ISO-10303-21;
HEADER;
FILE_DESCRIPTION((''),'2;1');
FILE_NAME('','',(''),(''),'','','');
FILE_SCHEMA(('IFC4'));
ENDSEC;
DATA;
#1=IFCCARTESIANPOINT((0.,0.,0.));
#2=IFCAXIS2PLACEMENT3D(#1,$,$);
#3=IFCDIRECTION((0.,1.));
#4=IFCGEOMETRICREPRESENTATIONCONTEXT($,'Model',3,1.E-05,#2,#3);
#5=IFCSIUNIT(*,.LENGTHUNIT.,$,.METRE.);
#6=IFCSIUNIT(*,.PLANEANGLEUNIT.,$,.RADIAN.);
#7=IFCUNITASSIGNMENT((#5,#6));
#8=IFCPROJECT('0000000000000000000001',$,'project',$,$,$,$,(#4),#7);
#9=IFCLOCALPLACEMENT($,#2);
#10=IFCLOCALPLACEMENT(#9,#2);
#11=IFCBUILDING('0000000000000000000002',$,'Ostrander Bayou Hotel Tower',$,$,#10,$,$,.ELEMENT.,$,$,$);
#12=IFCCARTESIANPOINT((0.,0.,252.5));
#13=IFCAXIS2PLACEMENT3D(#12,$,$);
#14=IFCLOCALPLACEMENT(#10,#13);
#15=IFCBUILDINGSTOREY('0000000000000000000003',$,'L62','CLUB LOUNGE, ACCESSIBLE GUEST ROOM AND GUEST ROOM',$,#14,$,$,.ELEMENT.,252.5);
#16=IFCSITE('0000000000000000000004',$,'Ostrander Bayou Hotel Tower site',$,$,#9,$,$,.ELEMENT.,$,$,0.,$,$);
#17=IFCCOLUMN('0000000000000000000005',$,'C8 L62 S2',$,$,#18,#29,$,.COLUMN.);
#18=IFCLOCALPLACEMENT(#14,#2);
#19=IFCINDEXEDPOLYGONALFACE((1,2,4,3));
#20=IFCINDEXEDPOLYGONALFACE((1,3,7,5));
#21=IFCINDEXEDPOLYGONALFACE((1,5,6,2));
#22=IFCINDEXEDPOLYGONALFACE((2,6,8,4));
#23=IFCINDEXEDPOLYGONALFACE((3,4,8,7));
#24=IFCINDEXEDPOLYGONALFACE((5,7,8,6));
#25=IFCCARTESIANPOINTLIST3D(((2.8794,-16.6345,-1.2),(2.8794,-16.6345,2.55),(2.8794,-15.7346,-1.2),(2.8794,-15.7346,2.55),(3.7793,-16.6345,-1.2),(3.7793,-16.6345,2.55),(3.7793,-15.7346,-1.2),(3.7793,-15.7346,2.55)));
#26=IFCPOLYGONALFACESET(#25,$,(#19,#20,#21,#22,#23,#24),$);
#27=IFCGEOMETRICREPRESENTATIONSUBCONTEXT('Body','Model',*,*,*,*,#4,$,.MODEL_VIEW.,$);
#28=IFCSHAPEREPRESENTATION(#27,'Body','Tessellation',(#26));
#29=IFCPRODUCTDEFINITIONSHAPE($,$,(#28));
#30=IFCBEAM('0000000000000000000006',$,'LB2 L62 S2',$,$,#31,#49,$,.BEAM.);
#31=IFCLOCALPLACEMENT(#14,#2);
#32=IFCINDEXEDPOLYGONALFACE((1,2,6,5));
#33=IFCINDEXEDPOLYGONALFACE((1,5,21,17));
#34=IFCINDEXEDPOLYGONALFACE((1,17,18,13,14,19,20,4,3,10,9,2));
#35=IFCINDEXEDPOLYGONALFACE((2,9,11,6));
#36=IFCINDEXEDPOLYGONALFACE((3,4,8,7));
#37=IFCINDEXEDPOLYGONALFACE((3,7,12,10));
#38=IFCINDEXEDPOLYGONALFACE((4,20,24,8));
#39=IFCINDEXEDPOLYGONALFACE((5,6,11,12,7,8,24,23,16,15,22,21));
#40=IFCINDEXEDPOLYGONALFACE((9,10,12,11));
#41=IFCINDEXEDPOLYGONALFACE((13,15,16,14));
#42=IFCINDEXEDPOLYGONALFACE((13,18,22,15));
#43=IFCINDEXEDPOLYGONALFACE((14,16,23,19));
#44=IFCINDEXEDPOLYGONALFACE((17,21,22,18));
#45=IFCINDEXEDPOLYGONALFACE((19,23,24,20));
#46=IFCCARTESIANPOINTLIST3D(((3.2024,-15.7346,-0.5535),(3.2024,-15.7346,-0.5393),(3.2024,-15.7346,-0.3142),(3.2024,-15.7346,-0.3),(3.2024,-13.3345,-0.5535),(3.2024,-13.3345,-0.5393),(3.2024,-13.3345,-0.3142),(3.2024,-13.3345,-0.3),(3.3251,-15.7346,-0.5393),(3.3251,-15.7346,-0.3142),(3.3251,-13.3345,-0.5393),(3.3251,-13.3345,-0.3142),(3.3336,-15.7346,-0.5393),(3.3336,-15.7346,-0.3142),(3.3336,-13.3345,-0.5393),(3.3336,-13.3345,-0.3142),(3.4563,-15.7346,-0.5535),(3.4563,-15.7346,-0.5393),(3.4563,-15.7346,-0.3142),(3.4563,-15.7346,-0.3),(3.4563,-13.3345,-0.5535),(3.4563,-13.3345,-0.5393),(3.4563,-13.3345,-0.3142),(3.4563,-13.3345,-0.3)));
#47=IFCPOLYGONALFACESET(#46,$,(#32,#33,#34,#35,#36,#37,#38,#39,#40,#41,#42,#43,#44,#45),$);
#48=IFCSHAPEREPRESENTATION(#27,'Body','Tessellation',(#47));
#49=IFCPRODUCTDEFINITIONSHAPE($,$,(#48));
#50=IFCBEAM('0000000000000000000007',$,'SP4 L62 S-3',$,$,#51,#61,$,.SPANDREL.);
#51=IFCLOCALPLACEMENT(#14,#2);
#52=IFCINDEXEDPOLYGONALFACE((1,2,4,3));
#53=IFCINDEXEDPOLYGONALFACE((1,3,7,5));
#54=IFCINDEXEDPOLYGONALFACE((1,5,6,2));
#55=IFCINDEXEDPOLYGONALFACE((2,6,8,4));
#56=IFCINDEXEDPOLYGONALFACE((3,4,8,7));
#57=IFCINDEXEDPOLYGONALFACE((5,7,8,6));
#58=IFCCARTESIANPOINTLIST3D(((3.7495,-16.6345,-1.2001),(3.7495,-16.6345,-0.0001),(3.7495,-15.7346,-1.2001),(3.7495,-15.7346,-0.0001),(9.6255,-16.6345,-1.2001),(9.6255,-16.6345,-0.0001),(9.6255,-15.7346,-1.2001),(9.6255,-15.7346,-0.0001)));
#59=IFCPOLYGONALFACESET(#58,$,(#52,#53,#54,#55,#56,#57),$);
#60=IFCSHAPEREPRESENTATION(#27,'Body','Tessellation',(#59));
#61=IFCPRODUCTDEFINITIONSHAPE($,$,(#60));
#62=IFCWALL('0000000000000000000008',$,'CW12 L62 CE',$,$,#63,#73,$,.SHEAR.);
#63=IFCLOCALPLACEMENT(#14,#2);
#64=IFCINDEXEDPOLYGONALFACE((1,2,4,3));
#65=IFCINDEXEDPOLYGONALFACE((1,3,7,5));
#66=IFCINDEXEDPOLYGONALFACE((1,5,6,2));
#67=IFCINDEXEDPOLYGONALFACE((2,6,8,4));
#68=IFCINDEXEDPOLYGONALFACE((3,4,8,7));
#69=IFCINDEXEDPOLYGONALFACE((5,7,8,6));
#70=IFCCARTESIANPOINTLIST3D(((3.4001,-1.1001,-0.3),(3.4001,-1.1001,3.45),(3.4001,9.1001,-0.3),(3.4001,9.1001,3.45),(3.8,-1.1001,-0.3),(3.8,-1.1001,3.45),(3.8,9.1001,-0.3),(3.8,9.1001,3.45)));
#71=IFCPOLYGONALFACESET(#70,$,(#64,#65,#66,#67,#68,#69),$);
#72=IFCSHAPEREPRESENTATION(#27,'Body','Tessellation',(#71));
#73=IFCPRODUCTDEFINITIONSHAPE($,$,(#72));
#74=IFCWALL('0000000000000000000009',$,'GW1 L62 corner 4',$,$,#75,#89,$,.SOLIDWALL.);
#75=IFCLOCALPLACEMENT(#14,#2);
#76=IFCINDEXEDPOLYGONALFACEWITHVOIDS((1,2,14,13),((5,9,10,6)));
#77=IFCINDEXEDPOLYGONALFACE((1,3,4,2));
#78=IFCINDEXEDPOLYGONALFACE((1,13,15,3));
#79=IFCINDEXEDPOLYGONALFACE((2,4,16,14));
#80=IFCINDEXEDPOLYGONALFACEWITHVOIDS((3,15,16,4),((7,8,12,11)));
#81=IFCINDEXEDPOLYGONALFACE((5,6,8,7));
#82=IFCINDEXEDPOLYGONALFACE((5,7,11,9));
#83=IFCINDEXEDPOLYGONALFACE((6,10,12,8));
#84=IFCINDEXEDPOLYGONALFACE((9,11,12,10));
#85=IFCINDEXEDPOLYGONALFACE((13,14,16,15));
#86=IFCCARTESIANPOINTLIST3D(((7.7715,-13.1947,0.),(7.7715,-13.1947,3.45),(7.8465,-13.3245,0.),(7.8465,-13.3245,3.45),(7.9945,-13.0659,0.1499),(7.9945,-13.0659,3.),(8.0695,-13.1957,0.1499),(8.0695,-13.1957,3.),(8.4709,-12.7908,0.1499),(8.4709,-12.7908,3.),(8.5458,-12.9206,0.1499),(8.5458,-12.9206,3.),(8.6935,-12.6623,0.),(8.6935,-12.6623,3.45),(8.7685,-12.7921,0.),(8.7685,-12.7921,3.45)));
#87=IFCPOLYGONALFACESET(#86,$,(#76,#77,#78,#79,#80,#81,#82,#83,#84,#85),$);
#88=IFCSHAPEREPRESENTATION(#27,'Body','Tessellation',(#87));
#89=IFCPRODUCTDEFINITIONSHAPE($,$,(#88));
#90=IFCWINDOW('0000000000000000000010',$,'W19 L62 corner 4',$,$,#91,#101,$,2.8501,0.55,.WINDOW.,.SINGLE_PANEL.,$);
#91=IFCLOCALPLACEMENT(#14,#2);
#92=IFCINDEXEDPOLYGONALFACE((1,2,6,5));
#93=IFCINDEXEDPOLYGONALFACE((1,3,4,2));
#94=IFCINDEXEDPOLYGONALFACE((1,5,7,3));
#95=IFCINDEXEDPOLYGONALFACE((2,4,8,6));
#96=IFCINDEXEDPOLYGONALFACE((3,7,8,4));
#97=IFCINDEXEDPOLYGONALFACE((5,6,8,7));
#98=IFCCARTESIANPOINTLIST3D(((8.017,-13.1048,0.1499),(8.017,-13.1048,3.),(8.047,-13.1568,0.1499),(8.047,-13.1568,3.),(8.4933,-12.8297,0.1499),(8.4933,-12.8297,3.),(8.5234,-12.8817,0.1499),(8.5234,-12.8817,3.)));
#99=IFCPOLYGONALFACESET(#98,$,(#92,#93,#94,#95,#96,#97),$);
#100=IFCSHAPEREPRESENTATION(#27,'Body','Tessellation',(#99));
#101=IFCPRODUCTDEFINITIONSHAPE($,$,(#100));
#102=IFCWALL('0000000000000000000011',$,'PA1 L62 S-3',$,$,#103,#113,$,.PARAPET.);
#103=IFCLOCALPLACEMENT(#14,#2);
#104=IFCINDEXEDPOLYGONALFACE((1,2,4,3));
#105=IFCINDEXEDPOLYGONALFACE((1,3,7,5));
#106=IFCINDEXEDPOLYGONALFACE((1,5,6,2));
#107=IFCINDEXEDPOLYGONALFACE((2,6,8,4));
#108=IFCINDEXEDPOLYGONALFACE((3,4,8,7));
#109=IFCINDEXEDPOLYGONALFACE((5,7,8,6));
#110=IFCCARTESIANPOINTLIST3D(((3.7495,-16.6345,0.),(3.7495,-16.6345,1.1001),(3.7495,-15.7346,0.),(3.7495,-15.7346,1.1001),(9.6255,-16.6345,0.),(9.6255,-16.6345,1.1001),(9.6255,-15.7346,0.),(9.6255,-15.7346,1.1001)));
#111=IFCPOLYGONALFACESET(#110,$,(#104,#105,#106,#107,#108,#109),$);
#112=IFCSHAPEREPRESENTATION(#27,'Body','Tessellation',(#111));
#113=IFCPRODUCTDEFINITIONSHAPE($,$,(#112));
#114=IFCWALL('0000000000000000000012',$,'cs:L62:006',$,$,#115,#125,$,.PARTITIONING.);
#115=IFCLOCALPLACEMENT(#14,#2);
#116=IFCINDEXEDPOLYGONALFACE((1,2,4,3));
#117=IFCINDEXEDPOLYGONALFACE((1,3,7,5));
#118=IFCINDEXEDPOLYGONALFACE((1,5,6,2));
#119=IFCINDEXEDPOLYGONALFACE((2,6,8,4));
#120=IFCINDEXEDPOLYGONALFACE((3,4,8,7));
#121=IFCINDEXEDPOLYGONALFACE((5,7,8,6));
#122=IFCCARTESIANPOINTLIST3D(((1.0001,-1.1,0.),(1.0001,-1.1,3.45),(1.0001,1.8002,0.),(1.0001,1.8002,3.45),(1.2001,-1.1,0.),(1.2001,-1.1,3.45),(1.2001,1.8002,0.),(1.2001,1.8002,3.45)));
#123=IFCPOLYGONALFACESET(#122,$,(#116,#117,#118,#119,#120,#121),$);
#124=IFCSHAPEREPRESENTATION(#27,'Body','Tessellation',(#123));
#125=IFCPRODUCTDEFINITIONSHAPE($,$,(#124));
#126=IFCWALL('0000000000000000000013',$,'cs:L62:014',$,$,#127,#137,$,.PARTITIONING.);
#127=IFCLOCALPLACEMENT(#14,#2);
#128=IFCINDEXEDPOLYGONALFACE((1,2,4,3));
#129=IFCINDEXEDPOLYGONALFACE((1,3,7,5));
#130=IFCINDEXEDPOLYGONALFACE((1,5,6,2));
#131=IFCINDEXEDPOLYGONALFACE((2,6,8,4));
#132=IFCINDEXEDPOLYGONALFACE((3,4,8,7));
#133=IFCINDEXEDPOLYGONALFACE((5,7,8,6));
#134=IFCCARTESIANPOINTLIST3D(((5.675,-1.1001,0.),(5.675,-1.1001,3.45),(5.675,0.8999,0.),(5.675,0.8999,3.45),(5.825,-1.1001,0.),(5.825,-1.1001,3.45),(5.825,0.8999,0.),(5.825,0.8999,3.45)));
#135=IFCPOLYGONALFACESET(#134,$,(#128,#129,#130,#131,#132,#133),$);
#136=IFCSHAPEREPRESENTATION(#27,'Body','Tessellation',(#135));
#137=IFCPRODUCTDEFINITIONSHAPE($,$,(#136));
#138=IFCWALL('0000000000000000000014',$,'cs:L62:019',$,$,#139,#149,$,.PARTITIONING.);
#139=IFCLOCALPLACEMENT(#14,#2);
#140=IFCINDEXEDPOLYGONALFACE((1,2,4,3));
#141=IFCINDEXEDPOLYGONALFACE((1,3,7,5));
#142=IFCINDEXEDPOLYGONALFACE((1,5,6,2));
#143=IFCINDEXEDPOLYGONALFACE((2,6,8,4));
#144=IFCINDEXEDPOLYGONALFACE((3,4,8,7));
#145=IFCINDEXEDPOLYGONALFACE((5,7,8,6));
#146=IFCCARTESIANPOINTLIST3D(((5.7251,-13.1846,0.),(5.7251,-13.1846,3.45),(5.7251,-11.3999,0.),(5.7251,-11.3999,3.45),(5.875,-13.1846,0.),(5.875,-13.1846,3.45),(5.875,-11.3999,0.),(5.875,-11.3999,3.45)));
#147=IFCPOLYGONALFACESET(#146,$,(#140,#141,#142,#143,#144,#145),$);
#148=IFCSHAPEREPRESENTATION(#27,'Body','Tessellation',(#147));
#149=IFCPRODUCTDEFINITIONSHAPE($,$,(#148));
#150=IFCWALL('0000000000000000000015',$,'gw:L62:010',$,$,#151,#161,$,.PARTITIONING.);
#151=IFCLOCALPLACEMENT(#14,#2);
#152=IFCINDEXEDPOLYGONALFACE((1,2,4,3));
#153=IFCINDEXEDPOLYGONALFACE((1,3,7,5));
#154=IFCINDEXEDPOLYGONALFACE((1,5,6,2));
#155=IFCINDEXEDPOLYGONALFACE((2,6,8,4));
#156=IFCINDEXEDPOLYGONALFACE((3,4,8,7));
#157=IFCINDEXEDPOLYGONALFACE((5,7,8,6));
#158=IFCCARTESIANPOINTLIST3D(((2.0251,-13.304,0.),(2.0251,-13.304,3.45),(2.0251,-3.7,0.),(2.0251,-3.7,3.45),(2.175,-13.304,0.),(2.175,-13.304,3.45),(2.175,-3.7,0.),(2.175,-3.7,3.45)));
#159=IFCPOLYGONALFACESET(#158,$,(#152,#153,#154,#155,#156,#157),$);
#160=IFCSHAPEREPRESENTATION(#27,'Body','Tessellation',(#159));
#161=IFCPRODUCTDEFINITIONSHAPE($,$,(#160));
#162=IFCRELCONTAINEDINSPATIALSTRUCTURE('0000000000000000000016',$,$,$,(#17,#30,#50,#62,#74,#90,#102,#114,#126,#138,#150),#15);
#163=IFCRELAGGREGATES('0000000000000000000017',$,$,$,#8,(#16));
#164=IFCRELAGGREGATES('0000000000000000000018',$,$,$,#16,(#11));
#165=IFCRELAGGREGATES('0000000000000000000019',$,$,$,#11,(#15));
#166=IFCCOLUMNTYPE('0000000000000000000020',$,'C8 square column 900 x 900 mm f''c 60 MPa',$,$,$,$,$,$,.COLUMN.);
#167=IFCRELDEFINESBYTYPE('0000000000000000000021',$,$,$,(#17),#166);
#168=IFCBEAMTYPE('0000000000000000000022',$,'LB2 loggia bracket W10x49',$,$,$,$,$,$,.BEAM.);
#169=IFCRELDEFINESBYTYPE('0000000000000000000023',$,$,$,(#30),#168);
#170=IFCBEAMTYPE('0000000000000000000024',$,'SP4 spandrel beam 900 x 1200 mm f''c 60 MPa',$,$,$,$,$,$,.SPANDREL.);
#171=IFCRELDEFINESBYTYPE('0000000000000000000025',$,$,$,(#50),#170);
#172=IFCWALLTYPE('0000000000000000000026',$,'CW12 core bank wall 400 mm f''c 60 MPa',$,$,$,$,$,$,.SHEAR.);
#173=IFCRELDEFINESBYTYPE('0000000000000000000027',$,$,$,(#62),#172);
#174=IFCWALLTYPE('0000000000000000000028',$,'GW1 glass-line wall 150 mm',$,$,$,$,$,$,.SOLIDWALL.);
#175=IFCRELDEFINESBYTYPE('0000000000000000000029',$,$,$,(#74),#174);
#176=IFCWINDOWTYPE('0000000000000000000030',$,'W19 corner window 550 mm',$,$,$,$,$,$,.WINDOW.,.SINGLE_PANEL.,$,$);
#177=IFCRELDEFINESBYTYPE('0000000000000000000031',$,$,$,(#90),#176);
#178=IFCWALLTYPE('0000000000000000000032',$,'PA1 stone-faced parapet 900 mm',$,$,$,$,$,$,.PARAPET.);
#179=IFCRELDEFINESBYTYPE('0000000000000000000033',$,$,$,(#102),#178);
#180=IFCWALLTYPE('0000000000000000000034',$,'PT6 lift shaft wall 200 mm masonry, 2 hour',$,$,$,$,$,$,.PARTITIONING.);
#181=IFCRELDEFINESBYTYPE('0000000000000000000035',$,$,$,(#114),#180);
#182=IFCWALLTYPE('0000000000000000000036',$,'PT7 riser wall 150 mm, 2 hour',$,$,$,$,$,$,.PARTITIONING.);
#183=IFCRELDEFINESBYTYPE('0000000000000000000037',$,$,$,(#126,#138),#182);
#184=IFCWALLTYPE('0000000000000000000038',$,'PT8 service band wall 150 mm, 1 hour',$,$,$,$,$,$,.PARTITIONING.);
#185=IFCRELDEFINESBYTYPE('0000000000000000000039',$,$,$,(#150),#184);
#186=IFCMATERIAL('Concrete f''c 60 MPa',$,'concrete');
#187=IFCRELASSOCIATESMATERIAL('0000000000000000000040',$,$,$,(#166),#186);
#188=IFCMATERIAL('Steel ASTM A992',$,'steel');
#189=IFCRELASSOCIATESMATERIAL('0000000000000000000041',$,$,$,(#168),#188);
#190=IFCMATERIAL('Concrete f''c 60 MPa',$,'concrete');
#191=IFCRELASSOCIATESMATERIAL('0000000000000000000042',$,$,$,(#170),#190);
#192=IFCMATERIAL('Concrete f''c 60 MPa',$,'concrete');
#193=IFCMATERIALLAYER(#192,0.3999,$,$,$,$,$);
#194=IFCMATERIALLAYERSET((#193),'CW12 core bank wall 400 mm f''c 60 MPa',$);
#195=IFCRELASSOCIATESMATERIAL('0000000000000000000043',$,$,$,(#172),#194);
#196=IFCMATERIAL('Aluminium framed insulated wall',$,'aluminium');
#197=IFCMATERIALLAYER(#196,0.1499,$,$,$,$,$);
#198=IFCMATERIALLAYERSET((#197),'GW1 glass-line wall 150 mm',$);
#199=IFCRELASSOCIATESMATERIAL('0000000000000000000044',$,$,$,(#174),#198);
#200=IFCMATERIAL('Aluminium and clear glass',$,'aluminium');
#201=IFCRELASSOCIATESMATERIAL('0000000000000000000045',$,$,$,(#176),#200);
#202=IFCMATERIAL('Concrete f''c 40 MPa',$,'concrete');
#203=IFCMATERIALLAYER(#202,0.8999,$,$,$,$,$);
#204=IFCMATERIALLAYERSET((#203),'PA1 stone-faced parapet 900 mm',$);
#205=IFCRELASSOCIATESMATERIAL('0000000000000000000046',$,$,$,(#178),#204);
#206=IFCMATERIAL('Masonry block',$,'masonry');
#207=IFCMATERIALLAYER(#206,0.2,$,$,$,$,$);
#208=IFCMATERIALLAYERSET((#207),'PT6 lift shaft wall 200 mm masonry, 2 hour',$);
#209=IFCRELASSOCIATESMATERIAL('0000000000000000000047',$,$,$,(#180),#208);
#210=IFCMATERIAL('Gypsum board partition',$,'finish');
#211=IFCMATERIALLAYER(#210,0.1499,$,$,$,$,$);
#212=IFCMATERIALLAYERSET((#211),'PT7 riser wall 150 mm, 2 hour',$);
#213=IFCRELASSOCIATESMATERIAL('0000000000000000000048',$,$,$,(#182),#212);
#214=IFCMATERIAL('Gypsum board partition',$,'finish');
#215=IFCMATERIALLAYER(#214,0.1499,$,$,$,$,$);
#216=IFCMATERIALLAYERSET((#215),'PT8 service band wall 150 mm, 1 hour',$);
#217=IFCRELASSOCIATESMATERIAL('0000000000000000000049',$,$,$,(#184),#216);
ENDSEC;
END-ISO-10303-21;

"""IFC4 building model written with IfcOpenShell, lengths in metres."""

from ifc_helpers import new_model, si_unit, direction, frame, frame_2d, origin, origin_2d, place, context, subcontext, project, spatial, rectangle, i_section, extrude, material, layer, layer_set, material_profile, profile_set, type_object, element, fill, save


model = new_model("IFC4")

# Units and contexts
model_context = context("Model", 3, precision=1e-05, world=origin(), true_north=direction((0.0, 1.0)))
body_context = subcontext(model_context, "Body", "Model", "MODEL_VIEW")
ifc_project = project(units=[si_unit("LENGTHUNIT", "METRE"), si_unit("PLANEANGLEUNIT", "RADIAN")], contexts=[model_context])

# Site, building, storey
site_placement = place(None, origin())
site = spatial("IfcSite", under=ifc_project, at=site_placement, Name="Ostrander Bayou Hotel Tower site", CompositionType="ELEMENT", RefElevation=0.0)
building_placement = place(site_placement, origin())
building = spatial("IfcBuilding", under=site, at=building_placement, Name="Ostrander Bayou Hotel Tower", CompositionType="ELEMENT")
storey_placement = place(building_placement, frame((0.0, 0.0, 252.5)))
storey = spatial("IfcBuildingStorey", under=building, at=storey_placement, Name="L62", Description="CLUB LOUNGE, ACCESSIBLE GUEST ROOM AND GUEST ROOM", CompositionType="ELEMENT", Elevation=252.5)

# Column
ifc_material_1 = material(Name="Concrete f'c 60 MPa", Category="concrete")
ifc_material_profile_1 = material_profile(ifc_material_1, rectangle(XDim=0.8999, YDim=0.8999, at=origin_2d()))
ifc_profile_set_1 = profile_set([ifc_material_profile_1], Name="Concrete f'c 60 MPa")
column_type = type_object("IfcColumnType", Name="C8 square column 900 x 900 mm f'c 60 MPa", PredefinedType="COLUMN", material=ifc_profile_set_1)
column_placement = place(storey_placement, frame((3.3293, -16.1846, -1.2), z_axis=(0.0, 0.0, 1.0), x_axis=(-1.0, 0.0, 0.0)))
element("IfcColumn", 1, at=column_placement, inside=storey, type_object=column_type, Name="C8 L62 S2", PredefinedType="COLUMN", context=body_context, shape_type="SweptSolid", body=[
    extrude(rectangle(XDim=0.8999, YDim=0.8999, at=origin_2d()), origin(), (0.0, 0.0, 1.0), 3.75),
])

# Beams
ifc_material_2 = material(Name="Steel ASTM A992", Category="steel")
ifc_material_profile_2 = material_profile(ifc_material_2, i_section(OverallWidth=0.2539, OverallDepth=0.2534, WebThickness=0.0085, FlangeThickness=0.0142, at=origin_2d()))
ifc_profile_set_2 = profile_set([ifc_material_profile_2], Name="Steel ASTM A992")
beam_type_1 = type_object("IfcBeamType", Name="LB2 loggia bracket W10x49", PredefinedType="BEAM", material=ifc_profile_set_2)
beam_1_placement = place(storey_placement, frame((3.3293, -15.7346, -0.4268), z_axis=(0.0, 1.0, 0.0), x_axis=(-1.0, 0.0, 0.0)))
element("IfcBeam", 2, at=beam_1_placement, inside=storey, type_object=beam_type_1, Name="LB2 L62 S2", PredefinedType="BEAM", context=body_context, shape_type="SweptSolid", body=[
    extrude(i_section(OverallWidth=0.2539, OverallDepth=0.2534, WebThickness=0.0085, FlangeThickness=0.0142, at=origin_2d()), origin(), (0.0, 0.0, 1.0), 2.4001),
])
ifc_material_3 = material(Name="Concrete f'c 60 MPa", Category="concrete")
ifc_material_profile_3 = material_profile(ifc_material_3, rectangle(XDim=0.8999, YDim=1.2, at=origin_2d()))
ifc_profile_set_3 = profile_set([ifc_material_profile_3], Name="Concrete f'c 60 MPa")
beam_type_2 = type_object("IfcBeamType", Name="SP4 spandrel beam 900 x 1200 mm f'c 60 MPa", PredefinedType="SPANDREL", material=ifc_profile_set_3)
beam_2_placement = place(storey_placement, frame((3.7495, -16.1846, -0.6001), z_axis=(1.0, 0.0, 0.0), x_axis=(0.0, 1.0, 0.0)))
element("IfcBeam", 3, at=beam_2_placement, inside=storey, type_object=beam_type_2, Name="SP4 L62 S-3", PredefinedType="SPANDREL", context=body_context, shape_type="SweptSolid", body=[
    extrude(rectangle(XDim=0.8999, YDim=1.2, at=origin_2d()), origin(), (0.0, 0.0, 1.0), 5.876),
])

# Wall
ifc_material_4 = material(Name="Concrete f'c 60 MPa", Category="concrete")
ifc_layer_1 = layer(ifc_material_4, 0.3999)
ifc_layer_set_1 = layer_set([ifc_layer_1], Name="CW12 core bank wall 400 mm f'c 60 MPa")
wall_type_1 = type_object("IfcWallType", Name="CW12 core bank wall 400 mm f'c 60 MPa", PredefinedType="SHEAR", material=ifc_layer_set_1)
wall_1_placement = place(storey_placement, frame((3.6001, -1.1001, -0.3), z_axis=(0.0, 0.0, 1.0), x_axis=(0.0, 1.0, 0.0)))
element("IfcWall", 4, at=wall_1_placement, inside=storey, type_object=wall_type_1, Name="CW12 L62 CE", PredefinedType="SHEAR", context=body_context, shape_type="SweptSolid", body=[
    extrude(rectangle(XDim=10.2002, YDim=0.3999, at=frame_2d((5.1001, 0.0))), origin(), (0.0, 0.0, 1.0), 3.75),
])

# Wall, opening, window
ifc_material_5 = material(Name="Aluminium framed insulated wall", Category="aluminium")
ifc_layer_2 = layer(ifc_material_5, 0.1499)
ifc_layer_set_2 = layer_set([ifc_layer_2], Name="GW1 glass-line wall 150 mm")
wall_type_2 = type_object("IfcWallType", Name="GW1 glass-line wall 150 mm", PredefinedType="SOLIDWALL", material=ifc_layer_set_2)
wall_2_placement = place(storey_placement, frame((7.8091, -13.2595, 0.0), z_axis=(0.0, 0.0, 1.0), x_axis=(0.865991, 0.50006, 0.0)))
wall_2 = element("IfcWall", 5, at=wall_2_placement, inside=storey, type_object=wall_type_2, Name="GW1 L62 corner 4", PredefinedType="SOLIDWALL", context=body_context, shape_type="SweptSolid", body=[
    extrude(rectangle(XDim=1.0647, YDim=0.1499, at=frame_2d((0.5322, 0.0))), origin(), (0.0, 0.0, 1.0), 3.45),
])
opening_1_placement = place(wall_2_placement, frame((0.2576, 0.0, 0.1499)))
opening_1 = element("IfcOpeningElement", 6, at=opening_1_placement, cuts=wall_2, PredefinedType="OPENING", context=body_context, shape_type="SweptSolid", body=[
    extrude(rectangle(XDim=0.55, YDim=2.8501, at=frame_2d((0.2749, 1.425))), frame((0.0, 0.075, 0.0), z_axis=(0.0, -1.0, 0.0), x_axis=(1.0, 0.0, 0.0)), (0.0, 0.0, 1.0), 0.1499),
])
ifc_material_6 = material(Name="Aluminium and clear glass", Category="aluminium")
window_type = type_object("IfcWindowType", Name="W19 corner window 550 mm", PartitioningType="SINGLE_PANEL", PredefinedType="WINDOW", material=ifc_material_6)
window_placement = place(opening_1_placement, origin())
window = element("IfcWindow", 7, at=window_placement, inside=storey, type_object=window_type, Name="W19 L62 corner 4", OverallHeight=2.8501, OverallWidth=0.55, PartitioningType="SINGLE_PANEL", PredefinedType="WINDOW", context=body_context, shape_type="SweptSolid", body=[
    extrude(rectangle(XDim=0.55, YDim=2.8501, at=frame_2d((0.2749, 1.425))), frame((0.0, 0.03, 0.0), z_axis=(0.0, -1.0, 0.0), x_axis=(1.0, 0.0, 0.0)), (0.0, 0.0, 1.0), 0.0601),
])
fill(opening_1, window)

# Walls
ifc_material_7 = material(Name="Concrete f'c 40 MPa", Category="concrete")
ifc_layer_3 = layer(ifc_material_7, 0.8999)
ifc_layer_set_3 = layer_set([ifc_layer_3], Name="PA1 stone-faced parapet 900 mm")
wall_type_3 = type_object("IfcWallType", Name="PA1 stone-faced parapet 900 mm", PredefinedType="PARAPET", material=ifc_layer_set_3)
wall_3_placement = place(storey_placement, frame((3.7495, -16.1846, 0.0), z_axis=(0.0, 0.0, 1.0), x_axis=(1.0, 0.0, 0.0)))
element("IfcWall", 8, at=wall_3_placement, inside=storey, type_object=wall_type_3, Name="PA1 L62 S-3", PredefinedType="PARAPET", context=body_context, shape_type="SweptSolid", body=[
    extrude(rectangle(XDim=5.876, YDim=0.8999, at=frame_2d((2.938, 0.0))), origin(), (0.0, 0.0, 1.0), 1.1001),
])
ifc_material_8 = material(Name="Masonry block", Category="masonry")
ifc_layer_4 = layer(ifc_material_8, 0.2)
ifc_layer_set_4 = layer_set([ifc_layer_4], Name="PT6 lift shaft wall 200 mm masonry, 2 hour")
wall_type_4 = type_object("IfcWallType", Name="PT6 lift shaft wall 200 mm masonry, 2 hour", PredefinedType="PARTITIONING", material=ifc_layer_set_4)
wall_4_placement = place(storey_placement, frame((1.1001, -1.1001, 0.0), z_axis=(0.0, 0.0, 1.0), x_axis=(0.0, 1.0, 0.0)))
element("IfcWall", 9, at=wall_4_placement, inside=storey, type_object=wall_type_4, Name="cs:L62:006", PredefinedType="PARTITIONING", context=body_context, shape_type="SweptSolid", body=[
    extrude(rectangle(XDim=2.9001, YDim=0.2, at=frame_2d((1.4502, 0.0))), origin(), (0.0, 0.0, 1.0), 3.45),
])
ifc_material_9 = material(Name="Gypsum board partition", Category="finish")
ifc_layer_5 = layer(ifc_material_9, 0.1499)
ifc_layer_set_5 = layer_set([ifc_layer_5], Name="PT7 riser wall 150 mm, 2 hour")
wall_type_5 = type_object("IfcWallType", Name="PT7 riser wall 150 mm, 2 hour", PredefinedType="PARTITIONING", material=ifc_layer_set_5)
wall_5_placement = place(storey_placement, frame((5.75, -1.1001, 0.0), z_axis=(0.0, 0.0, 1.0), x_axis=(0.0, 1.0, 0.0)))
element("IfcWall", 10, at=wall_5_placement, inside=storey, type_object=wall_type_5, Name="cs:L62:014", PredefinedType="PARTITIONING", context=body_context, shape_type="SweptSolid", body=[
    extrude(rectangle(XDim=2.0, YDim=0.1499, at=frame_2d((1.0, 0.0))), origin(), (0.0, 0.0, 1.0), 3.45),
])
wall_6_placement = place(storey_placement, frame((5.8, -11.3999, 0.0), z_axis=(0.0, 0.0, 1.0), x_axis=(0.0, -1.0, 0.0)))
element("IfcWall", 11, at=wall_6_placement, inside=storey, type_object=wall_type_5, Name="cs:L62:019", PredefinedType="PARTITIONING", context=body_context, shape_type="SweptSolid", body=[
    extrude(rectangle(XDim=1.7847, YDim=0.1499, at=frame_2d((0.8923, 0.0))), origin(), (0.0, 0.0, 1.0), 3.45),
])
ifc_material_10 = material(Name="Gypsum board partition", Category="finish")
ifc_layer_6 = layer(ifc_material_10, 0.1499)
ifc_layer_set_6 = layer_set([ifc_layer_6], Name="PT8 service band wall 150 mm, 1 hour")
wall_type_6 = type_object("IfcWallType", Name="PT8 service band wall 150 mm, 1 hour", PredefinedType="PARTITIONING", material=ifc_layer_set_6)
wall_7_placement = place(storey_placement, frame((2.1001, -13.304, 0.0), z_axis=(0.0, 0.0, 1.0), x_axis=(0.0, 1.0, 0.0)))
element("IfcWall", 12, at=wall_7_placement, inside=storey, type_object=wall_type_6, Name="gw:L62:010", PredefinedType="PARTITIONING", context=body_context, shape_type="SweptSolid", body=[
    extrude(rectangle(XDim=9.604, YDim=0.1499, at=frame_2d((4.802, 0.0))), origin(), (0.0, 0.0, 1.0), 3.45),
])

save(model, "model.ifc")
